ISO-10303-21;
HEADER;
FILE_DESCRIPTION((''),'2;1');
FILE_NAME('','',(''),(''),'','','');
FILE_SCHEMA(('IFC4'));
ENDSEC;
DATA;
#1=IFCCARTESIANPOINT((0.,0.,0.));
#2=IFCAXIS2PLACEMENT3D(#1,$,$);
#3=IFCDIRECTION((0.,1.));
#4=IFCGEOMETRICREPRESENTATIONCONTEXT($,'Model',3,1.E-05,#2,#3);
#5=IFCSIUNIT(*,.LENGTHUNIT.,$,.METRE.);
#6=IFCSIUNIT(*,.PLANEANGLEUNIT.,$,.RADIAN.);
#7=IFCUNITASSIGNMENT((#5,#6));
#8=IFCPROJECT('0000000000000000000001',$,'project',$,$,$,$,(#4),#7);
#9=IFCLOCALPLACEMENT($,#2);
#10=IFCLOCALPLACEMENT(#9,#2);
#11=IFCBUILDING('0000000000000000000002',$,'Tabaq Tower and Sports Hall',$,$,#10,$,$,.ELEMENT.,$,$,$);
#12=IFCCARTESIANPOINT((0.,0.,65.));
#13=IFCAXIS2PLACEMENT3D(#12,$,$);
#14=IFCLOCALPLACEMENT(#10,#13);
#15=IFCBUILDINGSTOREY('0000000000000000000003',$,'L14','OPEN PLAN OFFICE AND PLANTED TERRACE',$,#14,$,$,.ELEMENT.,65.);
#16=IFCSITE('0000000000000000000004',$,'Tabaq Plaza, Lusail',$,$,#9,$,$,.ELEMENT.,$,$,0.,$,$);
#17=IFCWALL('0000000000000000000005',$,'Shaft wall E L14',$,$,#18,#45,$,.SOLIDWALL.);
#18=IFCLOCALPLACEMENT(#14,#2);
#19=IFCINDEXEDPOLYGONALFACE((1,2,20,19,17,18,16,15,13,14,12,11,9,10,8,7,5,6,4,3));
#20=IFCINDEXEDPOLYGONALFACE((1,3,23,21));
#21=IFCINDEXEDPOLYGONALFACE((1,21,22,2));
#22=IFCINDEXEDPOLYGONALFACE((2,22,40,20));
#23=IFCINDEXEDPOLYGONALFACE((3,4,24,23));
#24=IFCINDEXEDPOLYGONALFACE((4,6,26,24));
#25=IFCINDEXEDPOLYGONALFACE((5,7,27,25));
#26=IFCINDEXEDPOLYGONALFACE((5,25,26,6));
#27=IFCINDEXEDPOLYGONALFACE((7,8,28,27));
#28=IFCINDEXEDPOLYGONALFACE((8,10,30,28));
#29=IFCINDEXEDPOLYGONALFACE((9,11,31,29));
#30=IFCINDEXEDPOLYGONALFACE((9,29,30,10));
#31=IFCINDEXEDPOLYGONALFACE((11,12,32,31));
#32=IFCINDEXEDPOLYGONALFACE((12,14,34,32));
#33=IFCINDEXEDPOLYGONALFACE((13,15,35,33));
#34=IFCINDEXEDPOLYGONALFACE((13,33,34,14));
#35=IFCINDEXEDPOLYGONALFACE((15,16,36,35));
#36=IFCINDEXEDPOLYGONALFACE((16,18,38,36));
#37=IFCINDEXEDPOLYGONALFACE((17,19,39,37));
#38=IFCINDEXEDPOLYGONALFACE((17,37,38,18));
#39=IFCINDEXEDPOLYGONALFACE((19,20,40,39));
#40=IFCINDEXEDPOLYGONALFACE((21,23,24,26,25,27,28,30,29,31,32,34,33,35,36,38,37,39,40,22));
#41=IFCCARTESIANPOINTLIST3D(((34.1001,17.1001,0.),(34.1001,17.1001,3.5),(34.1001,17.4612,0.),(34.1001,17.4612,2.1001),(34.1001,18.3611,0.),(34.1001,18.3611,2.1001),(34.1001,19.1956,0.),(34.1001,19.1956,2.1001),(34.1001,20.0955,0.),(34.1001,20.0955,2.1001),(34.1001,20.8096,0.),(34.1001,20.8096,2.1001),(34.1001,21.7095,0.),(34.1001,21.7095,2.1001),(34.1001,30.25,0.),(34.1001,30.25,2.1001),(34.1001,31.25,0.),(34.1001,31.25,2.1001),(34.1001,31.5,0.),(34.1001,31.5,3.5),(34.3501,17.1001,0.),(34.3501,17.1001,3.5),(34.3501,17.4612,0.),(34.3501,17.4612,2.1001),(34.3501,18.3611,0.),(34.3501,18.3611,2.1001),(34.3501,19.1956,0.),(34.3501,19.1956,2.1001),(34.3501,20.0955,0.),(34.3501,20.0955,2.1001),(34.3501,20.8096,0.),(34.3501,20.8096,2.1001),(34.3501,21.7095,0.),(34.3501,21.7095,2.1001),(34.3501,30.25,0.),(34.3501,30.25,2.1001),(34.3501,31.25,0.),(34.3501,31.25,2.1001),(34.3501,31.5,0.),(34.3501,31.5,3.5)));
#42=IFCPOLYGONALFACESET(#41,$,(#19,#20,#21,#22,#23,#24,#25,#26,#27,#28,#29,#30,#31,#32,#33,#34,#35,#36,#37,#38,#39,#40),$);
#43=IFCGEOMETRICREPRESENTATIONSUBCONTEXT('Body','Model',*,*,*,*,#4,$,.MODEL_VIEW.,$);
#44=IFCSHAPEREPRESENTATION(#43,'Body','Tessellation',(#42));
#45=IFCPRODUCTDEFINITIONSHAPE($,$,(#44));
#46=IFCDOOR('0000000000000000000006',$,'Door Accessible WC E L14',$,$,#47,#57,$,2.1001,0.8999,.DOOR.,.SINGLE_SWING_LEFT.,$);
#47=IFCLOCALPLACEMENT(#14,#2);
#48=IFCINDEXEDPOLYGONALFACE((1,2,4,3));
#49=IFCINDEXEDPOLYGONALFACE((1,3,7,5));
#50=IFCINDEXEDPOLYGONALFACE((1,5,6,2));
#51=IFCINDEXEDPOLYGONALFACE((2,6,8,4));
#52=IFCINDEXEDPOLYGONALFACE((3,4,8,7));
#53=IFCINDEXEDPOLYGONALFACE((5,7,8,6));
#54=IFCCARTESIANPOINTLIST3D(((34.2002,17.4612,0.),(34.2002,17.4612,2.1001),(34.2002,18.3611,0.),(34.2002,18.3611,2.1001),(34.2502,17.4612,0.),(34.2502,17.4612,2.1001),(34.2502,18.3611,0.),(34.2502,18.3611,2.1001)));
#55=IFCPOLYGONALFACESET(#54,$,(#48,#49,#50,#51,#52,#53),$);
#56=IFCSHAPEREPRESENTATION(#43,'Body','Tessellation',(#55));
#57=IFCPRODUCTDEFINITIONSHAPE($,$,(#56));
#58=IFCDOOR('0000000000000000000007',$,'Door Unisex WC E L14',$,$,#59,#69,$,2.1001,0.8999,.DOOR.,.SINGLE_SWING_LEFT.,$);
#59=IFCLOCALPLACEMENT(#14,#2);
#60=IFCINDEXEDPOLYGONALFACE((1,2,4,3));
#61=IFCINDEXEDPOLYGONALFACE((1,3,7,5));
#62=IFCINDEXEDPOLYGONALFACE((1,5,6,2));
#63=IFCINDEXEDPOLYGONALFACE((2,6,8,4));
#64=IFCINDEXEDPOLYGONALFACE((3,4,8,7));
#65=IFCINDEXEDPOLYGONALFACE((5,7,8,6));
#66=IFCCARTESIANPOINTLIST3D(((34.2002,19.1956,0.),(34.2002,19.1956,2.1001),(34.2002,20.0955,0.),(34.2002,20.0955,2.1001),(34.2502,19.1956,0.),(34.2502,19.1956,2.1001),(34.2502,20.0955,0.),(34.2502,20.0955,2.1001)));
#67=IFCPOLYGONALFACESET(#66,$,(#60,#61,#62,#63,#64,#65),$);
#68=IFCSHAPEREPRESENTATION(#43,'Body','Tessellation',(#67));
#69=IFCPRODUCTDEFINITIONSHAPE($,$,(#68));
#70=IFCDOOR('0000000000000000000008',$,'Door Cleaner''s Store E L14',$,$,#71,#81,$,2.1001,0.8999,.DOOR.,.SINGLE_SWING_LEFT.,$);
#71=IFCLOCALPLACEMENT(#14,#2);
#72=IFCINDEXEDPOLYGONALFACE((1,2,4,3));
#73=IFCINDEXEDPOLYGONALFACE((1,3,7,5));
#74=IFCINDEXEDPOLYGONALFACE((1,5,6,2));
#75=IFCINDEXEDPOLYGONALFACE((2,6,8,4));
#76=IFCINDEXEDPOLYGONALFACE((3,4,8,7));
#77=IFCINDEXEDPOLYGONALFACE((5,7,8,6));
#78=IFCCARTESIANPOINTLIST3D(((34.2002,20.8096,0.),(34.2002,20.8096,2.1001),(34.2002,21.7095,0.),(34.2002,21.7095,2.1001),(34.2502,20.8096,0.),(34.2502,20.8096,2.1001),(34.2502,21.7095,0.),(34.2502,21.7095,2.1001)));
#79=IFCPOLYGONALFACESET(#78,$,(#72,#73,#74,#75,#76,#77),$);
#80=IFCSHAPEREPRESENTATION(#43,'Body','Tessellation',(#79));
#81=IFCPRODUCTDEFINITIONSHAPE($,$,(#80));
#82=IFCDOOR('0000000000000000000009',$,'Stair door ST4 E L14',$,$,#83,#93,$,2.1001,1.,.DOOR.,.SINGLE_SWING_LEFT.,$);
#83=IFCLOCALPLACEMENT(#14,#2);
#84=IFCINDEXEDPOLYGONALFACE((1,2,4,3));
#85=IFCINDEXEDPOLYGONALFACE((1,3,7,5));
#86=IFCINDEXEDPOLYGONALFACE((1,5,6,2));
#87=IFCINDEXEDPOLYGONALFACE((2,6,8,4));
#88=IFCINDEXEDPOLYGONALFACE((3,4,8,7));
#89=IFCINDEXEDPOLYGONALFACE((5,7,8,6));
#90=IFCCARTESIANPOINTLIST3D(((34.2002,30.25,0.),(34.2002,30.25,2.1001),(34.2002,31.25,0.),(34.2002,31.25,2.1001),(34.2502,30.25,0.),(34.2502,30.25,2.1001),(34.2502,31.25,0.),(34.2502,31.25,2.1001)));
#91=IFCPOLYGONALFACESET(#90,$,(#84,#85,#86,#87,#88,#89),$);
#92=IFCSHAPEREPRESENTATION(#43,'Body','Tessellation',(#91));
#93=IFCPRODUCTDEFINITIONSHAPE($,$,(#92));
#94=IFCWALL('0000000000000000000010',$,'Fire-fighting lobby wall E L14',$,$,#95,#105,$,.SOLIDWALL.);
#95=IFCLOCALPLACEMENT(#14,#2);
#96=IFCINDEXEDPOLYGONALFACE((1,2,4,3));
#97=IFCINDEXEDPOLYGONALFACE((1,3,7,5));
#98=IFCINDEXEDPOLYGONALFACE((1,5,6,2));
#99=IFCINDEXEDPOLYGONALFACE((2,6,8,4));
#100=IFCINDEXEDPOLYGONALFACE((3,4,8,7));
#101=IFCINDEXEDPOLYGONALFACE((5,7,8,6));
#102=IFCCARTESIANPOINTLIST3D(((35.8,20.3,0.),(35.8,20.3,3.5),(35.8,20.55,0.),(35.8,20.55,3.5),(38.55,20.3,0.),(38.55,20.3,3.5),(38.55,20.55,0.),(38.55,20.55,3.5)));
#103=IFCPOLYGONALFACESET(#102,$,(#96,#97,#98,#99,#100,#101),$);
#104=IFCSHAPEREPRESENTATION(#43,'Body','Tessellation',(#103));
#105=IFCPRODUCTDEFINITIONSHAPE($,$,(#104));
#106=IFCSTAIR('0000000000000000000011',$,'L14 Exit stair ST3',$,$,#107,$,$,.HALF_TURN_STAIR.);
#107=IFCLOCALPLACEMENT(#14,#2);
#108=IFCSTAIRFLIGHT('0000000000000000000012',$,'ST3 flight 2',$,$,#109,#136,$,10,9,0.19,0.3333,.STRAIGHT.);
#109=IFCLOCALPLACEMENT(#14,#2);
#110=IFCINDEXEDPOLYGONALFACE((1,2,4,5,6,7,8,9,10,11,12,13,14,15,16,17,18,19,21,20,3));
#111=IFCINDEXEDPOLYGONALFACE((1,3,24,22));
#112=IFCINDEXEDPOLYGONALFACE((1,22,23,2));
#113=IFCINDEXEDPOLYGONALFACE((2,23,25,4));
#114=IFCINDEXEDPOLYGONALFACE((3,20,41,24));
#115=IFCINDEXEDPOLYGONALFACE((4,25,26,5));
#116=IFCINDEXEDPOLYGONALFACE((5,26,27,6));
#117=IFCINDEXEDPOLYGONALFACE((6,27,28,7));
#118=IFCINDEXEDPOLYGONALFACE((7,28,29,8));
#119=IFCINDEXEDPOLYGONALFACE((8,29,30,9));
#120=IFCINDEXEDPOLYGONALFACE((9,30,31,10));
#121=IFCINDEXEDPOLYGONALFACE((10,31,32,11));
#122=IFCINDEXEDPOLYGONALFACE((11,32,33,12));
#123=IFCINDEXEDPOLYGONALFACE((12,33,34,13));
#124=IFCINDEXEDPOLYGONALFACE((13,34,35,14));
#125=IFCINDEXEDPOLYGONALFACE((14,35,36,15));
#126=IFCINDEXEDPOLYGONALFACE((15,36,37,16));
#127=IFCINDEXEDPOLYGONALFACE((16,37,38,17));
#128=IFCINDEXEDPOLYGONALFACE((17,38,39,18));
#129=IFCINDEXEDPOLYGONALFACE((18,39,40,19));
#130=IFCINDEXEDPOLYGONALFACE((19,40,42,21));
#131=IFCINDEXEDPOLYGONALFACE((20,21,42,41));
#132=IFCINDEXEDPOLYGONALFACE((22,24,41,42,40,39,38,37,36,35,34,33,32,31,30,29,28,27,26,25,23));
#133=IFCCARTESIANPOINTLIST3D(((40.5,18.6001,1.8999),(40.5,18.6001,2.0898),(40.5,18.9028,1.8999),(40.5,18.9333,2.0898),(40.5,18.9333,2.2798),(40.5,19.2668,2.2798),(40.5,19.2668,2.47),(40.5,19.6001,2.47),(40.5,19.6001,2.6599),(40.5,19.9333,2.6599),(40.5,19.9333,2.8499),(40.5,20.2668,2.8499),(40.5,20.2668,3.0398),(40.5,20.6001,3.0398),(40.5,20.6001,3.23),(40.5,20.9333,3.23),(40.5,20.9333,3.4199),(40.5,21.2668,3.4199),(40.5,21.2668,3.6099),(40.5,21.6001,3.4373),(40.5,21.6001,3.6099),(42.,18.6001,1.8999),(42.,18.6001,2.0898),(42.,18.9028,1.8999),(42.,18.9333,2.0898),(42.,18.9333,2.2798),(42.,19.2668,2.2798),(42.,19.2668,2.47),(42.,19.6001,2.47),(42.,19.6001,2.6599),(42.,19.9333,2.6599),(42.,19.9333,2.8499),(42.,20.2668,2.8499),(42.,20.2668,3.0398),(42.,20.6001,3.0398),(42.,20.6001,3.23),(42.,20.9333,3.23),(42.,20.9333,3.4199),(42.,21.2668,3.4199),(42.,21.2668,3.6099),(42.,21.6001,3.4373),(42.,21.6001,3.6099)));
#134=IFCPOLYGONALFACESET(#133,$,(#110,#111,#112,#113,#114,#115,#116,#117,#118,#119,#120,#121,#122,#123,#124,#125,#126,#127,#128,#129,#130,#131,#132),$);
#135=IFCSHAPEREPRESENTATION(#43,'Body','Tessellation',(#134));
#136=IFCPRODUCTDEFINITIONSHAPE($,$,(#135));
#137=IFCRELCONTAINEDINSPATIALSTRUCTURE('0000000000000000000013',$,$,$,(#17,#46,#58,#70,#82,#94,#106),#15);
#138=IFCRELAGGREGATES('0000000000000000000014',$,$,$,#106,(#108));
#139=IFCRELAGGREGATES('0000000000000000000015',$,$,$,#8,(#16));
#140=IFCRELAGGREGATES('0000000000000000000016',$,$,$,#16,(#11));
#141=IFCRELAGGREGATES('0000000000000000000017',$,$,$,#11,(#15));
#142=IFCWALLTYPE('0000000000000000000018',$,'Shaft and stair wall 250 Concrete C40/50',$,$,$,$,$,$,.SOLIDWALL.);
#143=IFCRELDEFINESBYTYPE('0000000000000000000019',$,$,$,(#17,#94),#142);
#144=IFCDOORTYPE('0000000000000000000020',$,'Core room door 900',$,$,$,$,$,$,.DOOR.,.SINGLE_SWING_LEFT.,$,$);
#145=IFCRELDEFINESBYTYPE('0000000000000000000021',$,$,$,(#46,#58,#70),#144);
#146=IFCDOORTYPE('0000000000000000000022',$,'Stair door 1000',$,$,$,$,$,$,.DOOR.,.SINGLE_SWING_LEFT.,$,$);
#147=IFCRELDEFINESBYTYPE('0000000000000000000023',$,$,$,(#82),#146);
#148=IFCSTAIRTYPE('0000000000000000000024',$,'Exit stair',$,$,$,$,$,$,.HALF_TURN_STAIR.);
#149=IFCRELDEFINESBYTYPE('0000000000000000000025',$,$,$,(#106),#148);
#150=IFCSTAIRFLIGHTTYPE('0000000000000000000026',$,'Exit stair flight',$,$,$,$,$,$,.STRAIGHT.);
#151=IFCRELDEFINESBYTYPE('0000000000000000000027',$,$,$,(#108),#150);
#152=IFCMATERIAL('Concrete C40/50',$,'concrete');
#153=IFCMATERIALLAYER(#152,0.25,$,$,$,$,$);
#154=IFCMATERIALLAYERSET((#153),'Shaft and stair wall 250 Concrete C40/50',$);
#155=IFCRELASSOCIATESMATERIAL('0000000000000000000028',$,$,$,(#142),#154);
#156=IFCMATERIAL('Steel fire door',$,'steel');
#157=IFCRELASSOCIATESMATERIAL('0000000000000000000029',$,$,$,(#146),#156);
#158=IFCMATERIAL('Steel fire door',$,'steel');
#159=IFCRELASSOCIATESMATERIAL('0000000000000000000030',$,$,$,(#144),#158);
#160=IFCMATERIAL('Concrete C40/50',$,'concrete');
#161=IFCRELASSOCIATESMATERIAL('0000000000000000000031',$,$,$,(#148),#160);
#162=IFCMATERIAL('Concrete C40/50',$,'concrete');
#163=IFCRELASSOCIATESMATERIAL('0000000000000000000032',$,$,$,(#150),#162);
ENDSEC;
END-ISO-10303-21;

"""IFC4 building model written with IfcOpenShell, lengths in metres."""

from ifc_helpers import new_model, si_unit, direction, frame, frame_2d, origin, place, context, subcontext, project, spatial, polyline, rectangle, outline, extrude, material, layer, layer_set, type_object, element, fill, aggregate, save


model = new_model("IFC4")

# Units and contexts
model_context = context("Model", 3, precision=1e-05, world=origin(), true_north=direction((0.0, 1.0)))
body_context = subcontext(model_context, "Body", "Model", "MODEL_VIEW")
ifc_project = project(units=[si_unit("LENGTHUNIT", "METRE"), si_unit("PLANEANGLEUNIT", "RADIAN")], contexts=[model_context])

# Site, building, storey
site_placement = place(None, origin())
site = spatial("IfcSite", under=ifc_project, at=site_placement, Name="Tabaq Plaza, Lusail", CompositionType="ELEMENT", RefElevation=0.0)
building_placement = place(site_placement, origin())
building = spatial("IfcBuilding", under=site, at=building_placement, Name="Tabaq Tower and Sports Hall", CompositionType="ELEMENT")
storey_placement = place(building_placement, frame((0.0, 0.0, 65.0)))
storey = spatial("IfcBuildingStorey", under=building, at=storey_placement, Name="L14", Description="OPEN PLAN OFFICE AND PLANTED TERRACE", CompositionType="ELEMENT", Elevation=65.0)

# Wall, openings, doors
ifc_material_1 = material(Name="Concrete C40/50", Category="concrete")
ifc_layer_1 = layer(ifc_material_1, 0.25)
ifc_layer_set_1 = layer_set([ifc_layer_1], Name="Shaft and stair wall 250 Concrete C40/50")
wall_type_1 = type_object("IfcWallType", Name="Shaft and stair wall 250 Concrete C40/50", PredefinedType="SOLIDWALL", material=ifc_layer_set_1)
ifc_material_2 = material(Name="Steel fire door", Category="steel")
door_type_1 = type_object("IfcDoorType", Name="Stair door 1000", OperationType="SINGLE_SWING_LEFT", PredefinedType="DOOR", material=ifc_material_2)
wall_1_placement = place(storey_placement, frame((34.2251, 17.1001, 0.0), z_axis=(0.0, 0.0, 1.0), x_axis=(0.0, 1.0, 0.0)))
wall_1 = element("IfcWall", 1, at=wall_1_placement, inside=storey, type_object=wall_type_1, Name="Shaft wall E L14", PredefinedType="SOLIDWALL", context=body_context, shape_type="SweptSolid", body=[
    extrude(rectangle(XDim=14.3999, YDim=0.25, at=frame_2d((7.2, 0.0))), origin(), (0.0, 0.0, 1.0), 3.5),
])
opening_1_placement = place(wall_1_placement, frame((13.1499, 0.0, 0.0)))
opening_1 = element("IfcOpeningElement", 2, at=opening_1_placement, cuts=wall_1, PredefinedType="OPENING", context=body_context, shape_type="SweptSolid", body=[
    extrude(rectangle(XDim=1.0, YDim=2.1001, at=frame_2d((0.5, 1.05))), frame((0.0, 0.125, 0.0), z_axis=(0.0, -1.0, 0.0), x_axis=(1.0, 0.0, 0.0)), (0.0, 0.0, 1.0), 0.25),
])
opening_2_placement = place(wall_1_placement, frame((0.3611, 0.0, 0.0)))
opening_2 = element("IfcOpeningElement", 3, at=opening_2_placement, cuts=wall_1, PredefinedType="OPENING", context=body_context, shape_type="SweptSolid", body=[
    extrude(rectangle(XDim=0.8999, YDim=2.1001, at=frame_2d((0.45, 1.05))), frame((0.0, 0.125, 0.0), z_axis=(0.0, -1.0, 0.0), x_axis=(1.0, 0.0, 0.0)), (0.0, 0.0, 1.0), 0.25),
])
opening_3_placement = place(wall_1_placement, frame((2.0955, 0.0, 0.0)))
opening_3 = element("IfcOpeningElement", 4, at=opening_3_placement, cuts=wall_1, PredefinedType="OPENING", context=body_context, shape_type="SweptSolid", body=[
    extrude(rectangle(XDim=0.8999, YDim=2.1001, at=frame_2d((0.45, 1.05))), frame((0.0, 0.125, 0.0), z_axis=(0.0, -1.0, 0.0), x_axis=(1.0, 0.0, 0.0)), (0.0, 0.0, 1.0), 0.25),
])
opening_4_placement = place(wall_1_placement, frame((3.7095, 0.0, 0.0)))
opening_4 = element("IfcOpeningElement", 5, at=opening_4_placement, cuts=wall_1, PredefinedType="OPENING", context=body_context, shape_type="SweptSolid", body=[
    extrude(rectangle(XDim=0.8999, YDim=2.1001, at=frame_2d((0.45, 1.05))), frame((0.0, 0.125, 0.0), z_axis=(0.0, -1.0, 0.0), x_axis=(1.0, 0.0, 0.0)), (0.0, 0.0, 1.0), 0.25),
])
ifc_material_3 = material(Name="Steel fire door", Category="steel")
door_type_2 = type_object("IfcDoorType", Name="Core room door 900", OperationType="SINGLE_SWING_LEFT", PredefinedType="DOOR", material=ifc_material_3)
door_1_placement = place(opening_2_placement, origin())
door_1 = element("IfcDoor", 6, at=door_1_placement, inside=storey, type_object=door_type_2, Name="Door Accessible WC E L14", OperationType="SINGLE_SWING_LEFT", OverallHeight=2.1001, OverallWidth=0.8999, PredefinedType="DOOR", context=body_context, shape_type="SweptSolid", body=[
    extrude(rectangle(XDim=0.8999, YDim=2.1001, at=frame_2d((0.45, 1.05))), frame((0.0, 0.0249, 0.0), z_axis=(0.0, -1.0, 0.0), x_axis=(1.0, 0.0, 0.0)), (0.0, 0.0, 1.0), 0.05),
])
fill(opening_2, door_1)
door_2_placement = place(opening_3_placement, origin())
door_2 = element("IfcDoor", 7, at=door_2_placement, inside=storey, type_object=door_type_2, Name="Door Unisex WC E L14", OperationType="SINGLE_SWING_LEFT", OverallHeight=2.1001, OverallWidth=0.8999, PredefinedType="DOOR", context=body_context, shape_type="SweptSolid", body=[
    extrude(rectangle(XDim=0.8999, YDim=2.1001, at=frame_2d((0.45, 1.05))), frame((0.0, 0.0249, 0.0), z_axis=(0.0, -1.0, 0.0), x_axis=(1.0, 0.0, 0.0)), (0.0, 0.0, 1.0), 0.05),
])
fill(opening_3, door_2)
door_3_placement = place(opening_4_placement, origin())
door_3 = element("IfcDoor", 8, at=door_3_placement, inside=storey, type_object=door_type_2, Name="Door Cleaner's Store E L14", OperationType="SINGLE_SWING_LEFT", OverallHeight=2.1001, OverallWidth=0.8999, PredefinedType="DOOR", context=body_context, shape_type="SweptSolid", body=[
    extrude(rectangle(XDim=0.8999, YDim=2.1001, at=frame_2d((0.45, 1.05))), frame((0.0, 0.0249, 0.0), z_axis=(0.0, -1.0, 0.0), x_axis=(1.0, 0.0, 0.0)), (0.0, 0.0, 1.0), 0.05),
])
fill(opening_4, door_3)
door_4_placement = place(opening_1_placement, origin())
door_4 = element("IfcDoor", 9, at=door_4_placement, inside=storey, type_object=door_type_1, Name="Stair door ST4 E L14", OperationType="SINGLE_SWING_LEFT", OverallHeight=2.1001, OverallWidth=1.0, PredefinedType="DOOR", context=body_context, shape_type="SweptSolid", body=[
    extrude(rectangle(XDim=1.0, YDim=2.1001, at=frame_2d((0.5, 1.05))), frame((0.0, 0.0249, 0.0), z_axis=(0.0, -1.0, 0.0), x_axis=(1.0, 0.0, 0.0)), (0.0, 0.0, 1.0), 0.05),
])
fill(opening_1, door_4)

# Wall
wall_2_placement = place(storey_placement, frame((35.8, 20.425, 0.0), z_axis=(0.0, 0.0, 1.0), x_axis=(1.0, 0.0, 0.0)))
element("IfcWall", 10, at=wall_2_placement, inside=storey, type_object=wall_type_1, Name="Fire-fighting lobby wall E L14", PredefinedType="SOLIDWALL", context=body_context, shape_type="SweptSolid", body=[
    extrude(rectangle(XDim=2.75, YDim=0.25, at=frame_2d((1.375, 0.0))), origin(), (0.0, 0.0, 1.0), 3.5),
])

# Stair, stair flight
ifc_material_4 = material(Name="Concrete C40/50", Category="concrete")
stair_type = type_object("IfcStairType", Name="Exit stair", PredefinedType="HALF_TURN_STAIR", material=ifc_material_4)
stair_placement = place(storey_placement, origin())
stair = element("IfcStair", 11, at=stair_placement, inside=storey, type_object=stair_type, Name="L14 Exit stair ST3", PredefinedType="HALF_TURN_STAIR")
ifc_material_5 = material(Name="Concrete C40/50", Category="concrete")
stair_flight_type = type_object("IfcStairFlightType", Name="Exit stair flight", PredefinedType="STRAIGHT", material=ifc_material_5)
stair_flight_placement = place(storey_placement, frame((41.25, 18.6001, 1.8999), z_axis=(0.0, 0.0, 1.0), x_axis=(0.0, 1.0, 0.0)))
stair_flight = element("IfcStairFlight", 12, at=stair_flight_placement, type_object=stair_flight_type, Name="ST3 flight 2", NumberOfRisers=10, NumberOfTreads=9, PredefinedType="STRAIGHT", RiserHeight=0.19, TreadLength=0.3333, context=body_context, shape_type="SweptSolid", body=[
    extrude(outline(polyline([(0.0, 0.0), (0.0, 0.1899), (0.3333, 0.1899), (0.3333, 0.3799), (0.6667, 0.3799), (0.6667, 0.5701), (1.0, 0.5701), (1.0, 0.76), (1.3333, 0.76), (1.3333, 0.95), (1.6667, 0.95), (1.6667, 1.1399), (2.0, 1.1399), (2.0, 1.3301), (2.3333, 1.3301), (2.3333, 1.52), (2.6667, 1.52), (2.6667, 1.71), (3.0, 1.71), (3.0, 1.8999), (3.0, 1.5374), (0.3027, 0.0), (0.0, 0.0)])), frame((0.0, 0.75, 0.0), z_axis=(0.0, -1.0, 0.0), x_axis=(1.0, 0.0, 0.0)), (0.0, 0.0, 1.0), 1.5),
])
aggregate(stair, [stair_flight])

save(model, "model.ifc")
